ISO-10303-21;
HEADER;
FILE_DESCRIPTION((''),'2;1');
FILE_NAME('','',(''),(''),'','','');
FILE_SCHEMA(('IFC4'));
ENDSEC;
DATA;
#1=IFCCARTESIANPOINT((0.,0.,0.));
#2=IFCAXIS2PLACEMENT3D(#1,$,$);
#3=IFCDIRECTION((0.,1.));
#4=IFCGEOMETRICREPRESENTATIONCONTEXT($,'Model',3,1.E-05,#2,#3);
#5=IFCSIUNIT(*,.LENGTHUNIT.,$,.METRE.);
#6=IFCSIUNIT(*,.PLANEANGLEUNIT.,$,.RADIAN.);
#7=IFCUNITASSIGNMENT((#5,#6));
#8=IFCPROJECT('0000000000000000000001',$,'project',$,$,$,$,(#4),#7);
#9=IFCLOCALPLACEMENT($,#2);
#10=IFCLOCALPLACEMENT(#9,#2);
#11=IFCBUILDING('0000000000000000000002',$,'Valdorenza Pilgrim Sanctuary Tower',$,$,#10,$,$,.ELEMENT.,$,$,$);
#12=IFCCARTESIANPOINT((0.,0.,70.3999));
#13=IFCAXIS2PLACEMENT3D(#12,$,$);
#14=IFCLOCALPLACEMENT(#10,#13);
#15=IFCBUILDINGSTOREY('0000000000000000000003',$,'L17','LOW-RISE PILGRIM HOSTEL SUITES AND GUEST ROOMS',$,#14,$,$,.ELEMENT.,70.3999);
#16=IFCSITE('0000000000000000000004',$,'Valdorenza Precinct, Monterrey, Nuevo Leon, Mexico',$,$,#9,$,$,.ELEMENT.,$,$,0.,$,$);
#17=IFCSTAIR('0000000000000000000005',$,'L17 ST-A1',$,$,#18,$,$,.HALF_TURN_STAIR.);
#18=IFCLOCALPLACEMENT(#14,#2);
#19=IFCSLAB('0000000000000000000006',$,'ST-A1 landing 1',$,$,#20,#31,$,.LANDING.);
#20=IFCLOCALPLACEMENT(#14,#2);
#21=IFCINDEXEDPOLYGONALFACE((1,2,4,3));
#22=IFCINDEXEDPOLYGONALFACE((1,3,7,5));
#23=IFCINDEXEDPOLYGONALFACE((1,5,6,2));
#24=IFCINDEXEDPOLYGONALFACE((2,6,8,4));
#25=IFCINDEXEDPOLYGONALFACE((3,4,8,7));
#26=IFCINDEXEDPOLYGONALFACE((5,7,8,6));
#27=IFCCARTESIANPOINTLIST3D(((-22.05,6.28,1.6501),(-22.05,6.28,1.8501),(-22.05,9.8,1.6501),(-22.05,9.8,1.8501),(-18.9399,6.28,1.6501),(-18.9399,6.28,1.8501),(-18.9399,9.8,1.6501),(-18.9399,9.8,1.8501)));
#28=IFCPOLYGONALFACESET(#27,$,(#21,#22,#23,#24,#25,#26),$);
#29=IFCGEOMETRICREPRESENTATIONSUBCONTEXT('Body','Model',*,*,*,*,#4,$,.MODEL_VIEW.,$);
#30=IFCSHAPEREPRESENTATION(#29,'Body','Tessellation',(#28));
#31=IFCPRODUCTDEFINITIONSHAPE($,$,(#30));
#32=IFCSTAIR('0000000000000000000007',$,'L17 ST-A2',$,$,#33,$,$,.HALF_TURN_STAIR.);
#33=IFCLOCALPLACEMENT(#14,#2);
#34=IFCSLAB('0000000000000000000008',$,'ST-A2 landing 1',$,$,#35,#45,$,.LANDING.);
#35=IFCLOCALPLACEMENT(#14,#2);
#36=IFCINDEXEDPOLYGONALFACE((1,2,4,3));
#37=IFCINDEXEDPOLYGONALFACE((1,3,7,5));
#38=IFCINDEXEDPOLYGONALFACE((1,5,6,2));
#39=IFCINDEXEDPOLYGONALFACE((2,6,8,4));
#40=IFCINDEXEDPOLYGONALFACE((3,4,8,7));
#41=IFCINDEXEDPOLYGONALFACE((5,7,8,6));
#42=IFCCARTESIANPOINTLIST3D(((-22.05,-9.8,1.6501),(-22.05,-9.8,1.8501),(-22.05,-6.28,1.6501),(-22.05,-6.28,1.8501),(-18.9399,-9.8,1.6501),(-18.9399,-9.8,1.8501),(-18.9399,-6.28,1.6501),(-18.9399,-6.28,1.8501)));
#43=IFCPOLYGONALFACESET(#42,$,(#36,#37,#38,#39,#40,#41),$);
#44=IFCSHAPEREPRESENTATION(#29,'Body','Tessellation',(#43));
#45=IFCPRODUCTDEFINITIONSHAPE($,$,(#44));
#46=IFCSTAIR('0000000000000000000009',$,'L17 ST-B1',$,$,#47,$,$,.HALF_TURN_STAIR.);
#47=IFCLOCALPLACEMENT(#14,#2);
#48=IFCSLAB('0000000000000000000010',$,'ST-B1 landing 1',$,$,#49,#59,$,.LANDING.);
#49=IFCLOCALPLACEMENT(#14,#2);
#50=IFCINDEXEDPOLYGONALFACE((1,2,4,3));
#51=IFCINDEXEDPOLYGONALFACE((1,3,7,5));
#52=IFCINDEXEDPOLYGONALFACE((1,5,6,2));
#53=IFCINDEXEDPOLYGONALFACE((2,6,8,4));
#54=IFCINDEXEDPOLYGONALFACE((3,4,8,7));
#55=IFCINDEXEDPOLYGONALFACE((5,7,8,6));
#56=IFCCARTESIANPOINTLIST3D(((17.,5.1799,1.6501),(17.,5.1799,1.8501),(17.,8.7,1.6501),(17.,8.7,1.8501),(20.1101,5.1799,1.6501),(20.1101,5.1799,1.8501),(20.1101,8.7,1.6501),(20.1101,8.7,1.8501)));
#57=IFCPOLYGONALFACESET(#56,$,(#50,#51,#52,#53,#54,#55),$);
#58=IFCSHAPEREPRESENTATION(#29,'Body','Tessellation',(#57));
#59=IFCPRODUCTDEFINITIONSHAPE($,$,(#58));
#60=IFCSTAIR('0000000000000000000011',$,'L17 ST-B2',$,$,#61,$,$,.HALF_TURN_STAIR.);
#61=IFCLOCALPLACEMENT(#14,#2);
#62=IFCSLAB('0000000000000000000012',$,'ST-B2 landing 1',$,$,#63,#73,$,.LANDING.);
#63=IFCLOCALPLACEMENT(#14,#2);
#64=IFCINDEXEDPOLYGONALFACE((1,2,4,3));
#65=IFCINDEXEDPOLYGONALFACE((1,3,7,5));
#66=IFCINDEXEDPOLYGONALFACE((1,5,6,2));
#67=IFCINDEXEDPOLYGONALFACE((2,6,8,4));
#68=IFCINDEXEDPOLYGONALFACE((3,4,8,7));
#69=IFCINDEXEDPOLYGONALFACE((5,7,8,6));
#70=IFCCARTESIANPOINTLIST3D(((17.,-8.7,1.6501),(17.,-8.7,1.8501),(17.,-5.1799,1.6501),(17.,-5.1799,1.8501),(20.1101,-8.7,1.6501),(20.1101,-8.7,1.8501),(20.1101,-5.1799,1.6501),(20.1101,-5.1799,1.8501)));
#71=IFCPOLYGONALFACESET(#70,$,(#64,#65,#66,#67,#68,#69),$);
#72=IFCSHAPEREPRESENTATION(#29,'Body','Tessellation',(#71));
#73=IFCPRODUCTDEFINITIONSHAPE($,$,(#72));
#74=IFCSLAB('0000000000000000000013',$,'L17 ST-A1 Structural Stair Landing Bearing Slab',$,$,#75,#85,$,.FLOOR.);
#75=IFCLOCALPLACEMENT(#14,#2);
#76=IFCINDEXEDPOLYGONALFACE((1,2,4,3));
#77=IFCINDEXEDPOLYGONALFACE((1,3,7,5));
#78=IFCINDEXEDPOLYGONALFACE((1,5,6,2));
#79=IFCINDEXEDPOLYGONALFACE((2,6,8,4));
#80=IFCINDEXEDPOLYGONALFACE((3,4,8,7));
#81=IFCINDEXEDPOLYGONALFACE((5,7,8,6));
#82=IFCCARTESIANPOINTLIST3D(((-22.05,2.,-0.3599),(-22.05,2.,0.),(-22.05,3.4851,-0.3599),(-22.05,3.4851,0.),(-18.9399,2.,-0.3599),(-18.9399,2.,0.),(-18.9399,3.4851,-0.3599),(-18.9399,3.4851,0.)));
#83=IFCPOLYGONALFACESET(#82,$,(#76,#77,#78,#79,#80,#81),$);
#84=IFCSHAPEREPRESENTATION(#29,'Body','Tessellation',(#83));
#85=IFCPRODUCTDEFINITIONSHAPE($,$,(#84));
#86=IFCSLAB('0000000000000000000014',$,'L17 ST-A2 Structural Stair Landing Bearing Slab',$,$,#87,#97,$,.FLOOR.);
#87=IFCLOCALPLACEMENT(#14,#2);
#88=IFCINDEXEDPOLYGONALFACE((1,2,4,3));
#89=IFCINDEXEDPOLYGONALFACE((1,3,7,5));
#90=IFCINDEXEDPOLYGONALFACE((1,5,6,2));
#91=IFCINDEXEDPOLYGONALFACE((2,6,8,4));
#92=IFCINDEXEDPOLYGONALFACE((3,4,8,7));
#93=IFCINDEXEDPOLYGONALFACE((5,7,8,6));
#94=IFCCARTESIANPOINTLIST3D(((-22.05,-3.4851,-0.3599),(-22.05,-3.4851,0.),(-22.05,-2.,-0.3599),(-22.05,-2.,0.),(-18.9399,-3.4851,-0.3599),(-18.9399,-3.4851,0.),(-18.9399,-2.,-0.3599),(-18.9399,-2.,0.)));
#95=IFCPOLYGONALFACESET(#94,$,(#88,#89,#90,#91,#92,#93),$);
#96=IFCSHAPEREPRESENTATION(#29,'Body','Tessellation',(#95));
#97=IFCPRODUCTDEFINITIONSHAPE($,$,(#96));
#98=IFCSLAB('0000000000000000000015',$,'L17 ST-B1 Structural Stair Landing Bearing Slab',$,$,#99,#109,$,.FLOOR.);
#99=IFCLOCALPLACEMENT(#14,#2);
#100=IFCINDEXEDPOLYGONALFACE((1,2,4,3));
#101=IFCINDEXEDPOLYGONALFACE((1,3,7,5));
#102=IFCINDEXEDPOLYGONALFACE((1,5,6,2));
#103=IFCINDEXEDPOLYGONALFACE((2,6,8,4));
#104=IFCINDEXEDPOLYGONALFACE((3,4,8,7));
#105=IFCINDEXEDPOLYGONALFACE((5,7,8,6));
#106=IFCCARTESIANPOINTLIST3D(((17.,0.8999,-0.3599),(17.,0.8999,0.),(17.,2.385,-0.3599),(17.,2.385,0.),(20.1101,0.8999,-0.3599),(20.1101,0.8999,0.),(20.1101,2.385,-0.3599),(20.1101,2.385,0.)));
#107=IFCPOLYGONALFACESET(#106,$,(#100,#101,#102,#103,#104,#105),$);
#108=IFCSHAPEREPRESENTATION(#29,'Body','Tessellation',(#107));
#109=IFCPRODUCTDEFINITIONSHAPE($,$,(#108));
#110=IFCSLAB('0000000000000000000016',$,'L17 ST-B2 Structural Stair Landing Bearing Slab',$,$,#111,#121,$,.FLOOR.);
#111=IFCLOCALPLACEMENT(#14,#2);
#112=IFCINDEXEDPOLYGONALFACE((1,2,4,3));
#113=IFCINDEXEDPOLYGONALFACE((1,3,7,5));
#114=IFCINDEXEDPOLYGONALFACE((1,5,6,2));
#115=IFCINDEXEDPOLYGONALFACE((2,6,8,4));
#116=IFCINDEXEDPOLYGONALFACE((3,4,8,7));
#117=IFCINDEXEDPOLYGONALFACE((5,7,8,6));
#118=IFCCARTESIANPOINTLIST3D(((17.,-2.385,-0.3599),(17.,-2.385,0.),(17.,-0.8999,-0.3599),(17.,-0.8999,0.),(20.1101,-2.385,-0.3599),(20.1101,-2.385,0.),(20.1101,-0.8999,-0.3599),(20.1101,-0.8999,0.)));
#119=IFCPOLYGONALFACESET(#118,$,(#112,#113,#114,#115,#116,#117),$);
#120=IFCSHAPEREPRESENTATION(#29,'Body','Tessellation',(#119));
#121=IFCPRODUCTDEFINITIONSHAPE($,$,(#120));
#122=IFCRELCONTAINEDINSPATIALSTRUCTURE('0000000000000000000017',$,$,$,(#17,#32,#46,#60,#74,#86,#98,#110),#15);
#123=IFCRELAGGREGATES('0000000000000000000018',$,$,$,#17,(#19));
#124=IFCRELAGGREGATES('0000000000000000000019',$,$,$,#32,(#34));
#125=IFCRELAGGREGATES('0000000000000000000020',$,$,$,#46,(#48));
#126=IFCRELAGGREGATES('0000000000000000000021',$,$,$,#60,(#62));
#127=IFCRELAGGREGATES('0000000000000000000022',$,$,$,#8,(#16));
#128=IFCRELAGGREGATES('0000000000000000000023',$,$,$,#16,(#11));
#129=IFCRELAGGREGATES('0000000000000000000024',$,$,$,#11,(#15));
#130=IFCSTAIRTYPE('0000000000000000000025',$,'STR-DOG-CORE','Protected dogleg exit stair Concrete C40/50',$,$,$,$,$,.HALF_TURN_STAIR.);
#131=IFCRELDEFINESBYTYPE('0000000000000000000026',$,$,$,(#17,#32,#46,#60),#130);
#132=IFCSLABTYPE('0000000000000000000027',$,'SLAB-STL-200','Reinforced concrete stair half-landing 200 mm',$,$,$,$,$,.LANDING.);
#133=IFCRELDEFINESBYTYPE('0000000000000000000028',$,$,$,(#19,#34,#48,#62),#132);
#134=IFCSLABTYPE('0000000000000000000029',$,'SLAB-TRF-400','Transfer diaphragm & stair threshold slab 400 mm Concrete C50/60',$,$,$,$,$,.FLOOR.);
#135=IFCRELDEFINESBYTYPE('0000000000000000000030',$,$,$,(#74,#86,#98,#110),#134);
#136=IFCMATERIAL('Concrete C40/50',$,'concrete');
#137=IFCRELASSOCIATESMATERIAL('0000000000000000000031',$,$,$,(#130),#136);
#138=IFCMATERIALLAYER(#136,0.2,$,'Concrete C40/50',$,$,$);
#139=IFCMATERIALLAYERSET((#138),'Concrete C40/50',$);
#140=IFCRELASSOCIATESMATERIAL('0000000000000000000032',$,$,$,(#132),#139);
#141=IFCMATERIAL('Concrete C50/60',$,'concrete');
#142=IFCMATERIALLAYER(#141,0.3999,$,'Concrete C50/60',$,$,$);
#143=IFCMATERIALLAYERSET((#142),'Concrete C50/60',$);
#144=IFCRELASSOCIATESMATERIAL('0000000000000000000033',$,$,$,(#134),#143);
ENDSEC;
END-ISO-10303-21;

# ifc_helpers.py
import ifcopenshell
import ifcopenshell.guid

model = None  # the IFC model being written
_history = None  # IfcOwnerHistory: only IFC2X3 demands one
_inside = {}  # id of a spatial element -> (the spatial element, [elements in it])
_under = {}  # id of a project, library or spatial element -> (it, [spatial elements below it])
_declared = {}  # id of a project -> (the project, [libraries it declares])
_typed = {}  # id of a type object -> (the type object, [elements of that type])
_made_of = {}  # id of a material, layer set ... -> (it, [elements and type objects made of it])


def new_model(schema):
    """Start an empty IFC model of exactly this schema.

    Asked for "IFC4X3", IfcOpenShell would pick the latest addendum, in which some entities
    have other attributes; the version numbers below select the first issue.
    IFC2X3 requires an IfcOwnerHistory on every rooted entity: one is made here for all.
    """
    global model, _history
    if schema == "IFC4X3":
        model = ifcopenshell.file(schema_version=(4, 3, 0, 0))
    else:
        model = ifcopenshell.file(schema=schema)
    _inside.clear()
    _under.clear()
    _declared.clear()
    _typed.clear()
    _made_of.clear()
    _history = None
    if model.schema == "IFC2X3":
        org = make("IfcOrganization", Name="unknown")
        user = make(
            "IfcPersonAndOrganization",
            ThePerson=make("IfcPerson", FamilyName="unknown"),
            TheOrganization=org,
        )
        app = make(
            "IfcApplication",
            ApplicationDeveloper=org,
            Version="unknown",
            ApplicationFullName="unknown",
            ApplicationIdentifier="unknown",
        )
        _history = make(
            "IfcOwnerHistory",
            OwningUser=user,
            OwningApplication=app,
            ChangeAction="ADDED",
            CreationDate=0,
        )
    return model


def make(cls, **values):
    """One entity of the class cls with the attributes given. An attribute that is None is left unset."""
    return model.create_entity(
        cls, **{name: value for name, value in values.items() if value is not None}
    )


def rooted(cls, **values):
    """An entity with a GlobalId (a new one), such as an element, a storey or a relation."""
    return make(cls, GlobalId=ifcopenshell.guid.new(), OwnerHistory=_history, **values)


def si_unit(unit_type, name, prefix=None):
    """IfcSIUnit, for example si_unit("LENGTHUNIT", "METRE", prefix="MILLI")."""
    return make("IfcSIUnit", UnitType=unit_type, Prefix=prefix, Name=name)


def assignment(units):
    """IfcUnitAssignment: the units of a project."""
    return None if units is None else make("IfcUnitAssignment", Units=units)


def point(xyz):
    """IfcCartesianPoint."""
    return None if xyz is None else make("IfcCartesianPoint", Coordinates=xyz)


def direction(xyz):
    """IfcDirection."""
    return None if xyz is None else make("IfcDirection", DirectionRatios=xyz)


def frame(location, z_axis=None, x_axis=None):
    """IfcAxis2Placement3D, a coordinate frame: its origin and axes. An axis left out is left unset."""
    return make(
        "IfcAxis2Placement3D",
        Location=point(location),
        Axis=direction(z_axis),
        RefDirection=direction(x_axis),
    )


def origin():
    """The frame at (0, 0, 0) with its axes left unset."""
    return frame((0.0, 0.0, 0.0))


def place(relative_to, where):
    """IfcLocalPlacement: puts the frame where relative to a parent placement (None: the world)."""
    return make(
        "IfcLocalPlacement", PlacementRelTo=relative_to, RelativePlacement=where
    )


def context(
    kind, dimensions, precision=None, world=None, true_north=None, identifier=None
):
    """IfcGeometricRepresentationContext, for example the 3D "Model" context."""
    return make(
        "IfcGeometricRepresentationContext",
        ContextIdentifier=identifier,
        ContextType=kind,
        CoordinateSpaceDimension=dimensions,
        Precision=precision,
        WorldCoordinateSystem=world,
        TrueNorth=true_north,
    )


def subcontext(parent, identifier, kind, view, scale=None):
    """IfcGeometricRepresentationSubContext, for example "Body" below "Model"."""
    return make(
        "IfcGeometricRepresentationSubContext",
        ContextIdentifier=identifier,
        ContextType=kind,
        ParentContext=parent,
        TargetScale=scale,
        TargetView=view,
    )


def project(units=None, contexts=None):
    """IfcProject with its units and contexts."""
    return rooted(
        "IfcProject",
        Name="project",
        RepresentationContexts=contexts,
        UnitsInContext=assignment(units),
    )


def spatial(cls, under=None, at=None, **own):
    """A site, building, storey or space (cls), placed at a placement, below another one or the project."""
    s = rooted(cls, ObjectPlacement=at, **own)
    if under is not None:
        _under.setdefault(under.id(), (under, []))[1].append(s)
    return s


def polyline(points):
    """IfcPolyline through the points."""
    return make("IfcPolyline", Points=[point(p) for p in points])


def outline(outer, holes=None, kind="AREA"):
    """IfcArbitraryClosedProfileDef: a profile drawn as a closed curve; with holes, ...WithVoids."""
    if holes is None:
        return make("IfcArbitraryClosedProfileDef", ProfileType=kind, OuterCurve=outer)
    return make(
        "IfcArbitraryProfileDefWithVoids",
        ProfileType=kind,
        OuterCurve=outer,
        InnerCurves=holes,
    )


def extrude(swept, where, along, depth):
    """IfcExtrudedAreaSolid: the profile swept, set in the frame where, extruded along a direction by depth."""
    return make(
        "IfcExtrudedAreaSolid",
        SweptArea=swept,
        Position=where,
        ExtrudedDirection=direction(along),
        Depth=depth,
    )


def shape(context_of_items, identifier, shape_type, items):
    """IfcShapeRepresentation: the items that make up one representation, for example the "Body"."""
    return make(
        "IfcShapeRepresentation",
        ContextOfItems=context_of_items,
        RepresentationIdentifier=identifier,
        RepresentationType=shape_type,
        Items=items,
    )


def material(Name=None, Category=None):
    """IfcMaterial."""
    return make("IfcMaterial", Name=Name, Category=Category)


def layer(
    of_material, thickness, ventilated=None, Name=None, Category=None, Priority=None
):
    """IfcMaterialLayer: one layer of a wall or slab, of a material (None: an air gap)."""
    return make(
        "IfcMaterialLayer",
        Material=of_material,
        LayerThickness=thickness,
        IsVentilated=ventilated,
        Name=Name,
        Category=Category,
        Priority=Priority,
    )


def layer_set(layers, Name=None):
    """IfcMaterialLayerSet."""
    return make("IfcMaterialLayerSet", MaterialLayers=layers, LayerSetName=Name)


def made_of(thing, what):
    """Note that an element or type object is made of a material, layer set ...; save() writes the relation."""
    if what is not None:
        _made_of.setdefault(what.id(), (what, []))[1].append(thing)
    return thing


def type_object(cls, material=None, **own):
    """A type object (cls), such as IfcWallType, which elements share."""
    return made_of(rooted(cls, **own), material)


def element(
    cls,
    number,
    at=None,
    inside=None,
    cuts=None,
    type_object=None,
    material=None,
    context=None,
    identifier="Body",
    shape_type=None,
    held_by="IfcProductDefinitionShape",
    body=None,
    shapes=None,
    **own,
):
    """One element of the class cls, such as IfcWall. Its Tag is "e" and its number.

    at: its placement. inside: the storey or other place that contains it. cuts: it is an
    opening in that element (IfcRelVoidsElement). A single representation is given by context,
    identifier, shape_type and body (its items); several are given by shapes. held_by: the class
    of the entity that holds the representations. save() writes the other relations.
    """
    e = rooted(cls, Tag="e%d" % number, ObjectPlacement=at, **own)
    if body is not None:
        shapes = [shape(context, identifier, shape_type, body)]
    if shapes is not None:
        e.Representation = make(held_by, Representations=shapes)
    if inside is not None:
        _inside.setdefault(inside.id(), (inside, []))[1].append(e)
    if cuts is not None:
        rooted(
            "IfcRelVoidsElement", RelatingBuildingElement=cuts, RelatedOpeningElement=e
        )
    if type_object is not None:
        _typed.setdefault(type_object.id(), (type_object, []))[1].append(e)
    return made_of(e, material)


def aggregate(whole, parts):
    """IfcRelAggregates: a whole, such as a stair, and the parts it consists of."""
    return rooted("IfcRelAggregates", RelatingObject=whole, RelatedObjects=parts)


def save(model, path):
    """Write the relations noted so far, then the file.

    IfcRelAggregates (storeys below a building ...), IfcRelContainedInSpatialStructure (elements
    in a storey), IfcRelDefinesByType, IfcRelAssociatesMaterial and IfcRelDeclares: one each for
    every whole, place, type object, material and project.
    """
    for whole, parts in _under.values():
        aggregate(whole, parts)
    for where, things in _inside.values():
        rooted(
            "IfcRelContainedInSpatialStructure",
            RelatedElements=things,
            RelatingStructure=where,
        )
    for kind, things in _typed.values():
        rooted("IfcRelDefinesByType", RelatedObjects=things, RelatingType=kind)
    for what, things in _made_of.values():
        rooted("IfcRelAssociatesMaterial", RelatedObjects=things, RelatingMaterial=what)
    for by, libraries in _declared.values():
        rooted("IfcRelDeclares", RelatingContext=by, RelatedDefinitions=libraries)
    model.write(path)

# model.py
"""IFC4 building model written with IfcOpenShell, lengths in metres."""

from ifc_helpers import new_model, si_unit, direction, frame, origin, place, context, subcontext, project, spatial, polyline, outline, extrude, material, layer, layer_set, type_object, element, aggregate, save


model = new_model("IFC4")

# Units and contexts
model_context = context("Model", 3, precision=1e-05, world=origin(), true_north=direction((0.0, 1.0)))
body_context = subcontext(model_context, "Body", "Model", "MODEL_VIEW")
ifc_project = project(units=[si_unit("LENGTHUNIT", "METRE"), si_unit("PLANEANGLEUNIT", "RADIAN")], contexts=[model_context])

# Site, building, storey
site_placement = place(None, origin())
site = spatial("IfcSite", under=ifc_project, at=site_placement, Name="Valdorenza Precinct, Monterrey, Nuevo Leon, Mexico", CompositionType="ELEMENT", RefElevation=0.0)
building_placement = place(site_placement, origin())
building = spatial("IfcBuilding", under=site, at=building_placement, Name="Valdorenza Pilgrim Sanctuary Tower", CompositionType="ELEMENT")
storey_placement = place(building_placement, frame((0.0, 0.0, 70.3999)))
storey = spatial("IfcBuildingStorey", under=building, at=storey_placement, Name="L17", Description="LOW-RISE PILGRIM HOSTEL SUITES AND GUEST ROOMS", CompositionType="ELEMENT", Elevation=70.3999)

# Shared definitions
ifc_material_1 = material(Name="Concrete C40/50", Category="concrete")

# Stairs, slabs
stair_type = type_object("IfcStairType", Name="STR-DOG-CORE", Description="Protected dogleg exit stair Concrete C40/50", PredefinedType="HALF_TURN_STAIR", material=ifc_material_1)
stair_1_placement = place(storey_placement, origin())
stair_1 = element("IfcStair", 1, at=stair_1_placement, inside=storey, type_object=stair_type, Name="L17 ST-A1", PredefinedType="HALF_TURN_STAIR")
ifc_layer_1 = layer(ifc_material_1, 0.2, Name="Concrete C40/50")
ifc_layer_set_1 = layer_set([ifc_layer_1], Name="Concrete C40/50")
slab_type_1 = type_object("IfcSlabType", Name="SLAB-STL-200", Description="Reinforced concrete stair half-landing 200 mm", PredefinedType="LANDING", material=ifc_layer_set_1)
slab_1_placement = place(storey_placement, frame((0.0, 0.0, 1.6501)))
slab_1 = element("IfcSlab", 2, at=slab_1_placement, type_object=slab_type_1, Name="ST-A1 landing 1", PredefinedType="LANDING", context=body_context, shape_type="SweptSolid", body=[
    extrude(outline(polyline([(-18.9399, 6.28), (-18.9399, 9.8), (-22.05, 9.8), (-22.05, 6.28), (-18.9399, 6.28)])), origin(), (0.0, 0.0, 1.0), 0.2),
])
aggregate(stair_1, [slab_1])
stair_2_placement = place(storey_placement, origin())
stair_2 = element("IfcStair", 3, at=stair_2_placement, inside=storey, type_object=stair_type, Name="L17 ST-A2", PredefinedType="HALF_TURN_STAIR")
slab_2_placement = place(storey_placement, frame((0.0, 0.0, 1.6501)))
slab_2 = element("IfcSlab", 4, at=slab_2_placement, type_object=slab_type_1, Name="ST-A2 landing 1", PredefinedType="LANDING", context=body_context, shape_type="SweptSolid", body=[
    extrude(outline(polyline([(-22.05, -6.28), (-22.05, -9.8), (-18.9399, -9.8), (-18.9399, -6.28), (-22.05, -6.28)])), origin(), (0.0, 0.0, 1.0), 0.2),
])
aggregate(stair_2, [slab_2])
stair_3_placement = place(storey_placement, origin())
stair_3 = element("IfcStair", 5, at=stair_3_placement, inside=storey, type_object=stair_type, Name="L17 ST-B1", PredefinedType="HALF_TURN_STAIR")
slab_3_placement = place(storey_placement, frame((0.0, 0.0, 1.6501)))
slab_3 = element("IfcSlab", 6, at=slab_3_placement, type_object=slab_type_1, Name="ST-B1 landing 1", PredefinedType="LANDING", context=body_context, shape_type="SweptSolid", body=[
    extrude(outline(polyline([(20.1101, 5.1799), (20.1101, 8.7), (17.0, 8.7), (17.0, 5.1799), (20.1101, 5.1799)])), origin(), (0.0, 0.0, 1.0), 0.2),
])
aggregate(stair_3, [slab_3])
stair_4_placement = place(storey_placement, origin())
stair_4 = element("IfcStair", 7, at=stair_4_placement, inside=storey, type_object=stair_type, Name="L17 ST-B2", PredefinedType="HALF_TURN_STAIR")
slab_4_placement = place(storey_placement, frame((0.0, 0.0, 1.6501)))
slab_4 = element("IfcSlab", 8, at=slab_4_placement, type_object=slab_type_1, Name="ST-B2 landing 1", PredefinedType="LANDING", context=body_context, shape_type="SweptSolid", body=[
    extrude(outline(polyline([(17.0, -5.1799), (17.0, -8.7), (20.1101, -8.7), (20.1101, -5.1799), (17.0, -5.1799)])), origin(), (0.0, 0.0, 1.0), 0.2),
])
aggregate(stair_4, [slab_4])

# Slabs
ifc_material_2 = material(Name="Concrete C50/60", Category="concrete")
ifc_layer_2 = layer(ifc_material_2, 0.3999, Name="Concrete C50/60")
ifc_layer_set_2 = layer_set([ifc_layer_2], Name="Concrete C50/60")
slab_type_2 = type_object("IfcSlabType", Name="SLAB-TRF-400", Description="Transfer diaphragm & stair threshold slab 400 mm Concrete C50/60", PredefinedType="FLOOR", material=ifc_layer_set_2)
slab_5_placement = place(storey_placement, frame((0.0, 0.0, -0.3599)))
element("IfcSlab", 9, at=slab_5_placement, inside=storey, type_object=slab_type_2, Name="L17 ST-A1 Structural Stair Landing Bearing Slab", PredefinedType="FLOOR", context=body_context, shape_type="SweptSolid", body=[
    extrude(outline(polyline([(-22.05, 2.0), (-18.9399, 2.0), (-18.9399, 3.4851), (-22.05, 3.4851), (-22.05, 2.0)])), origin(), (0.0, 0.0, 1.0), 0.3599),
])
slab_6_placement = place(storey_placement, frame((0.0, 0.0, -0.3599)))
element("IfcSlab", 10, at=slab_6_placement, inside=storey, type_object=slab_type_2, Name="L17 ST-A2 Structural Stair Landing Bearing Slab", PredefinedType="FLOOR", context=body_context, shape_type="SweptSolid", body=[
    extrude(outline(polyline([(-22.05, -3.4851), (-18.9399, -3.4851), (-18.9399, -2.0), (-22.05, -2.0), (-22.05, -3.4851)])), origin(), (0.0, 0.0, 1.0), 0.3599),
])
slab_7_placement = place(storey_placement, frame((0.0, 0.0, -0.3599)))
element("IfcSlab", 11, at=slab_7_placement, inside=storey, type_object=slab_type_2, Name="L17 ST-B1 Structural Stair Landing Bearing Slab", PredefinedType="FLOOR", context=body_context, shape_type="SweptSolid", body=[
    extrude(outline(polyline([(17.0, 0.8999), (20.1101, 0.8999), (20.1101, 2.385), (17.0, 2.385), (17.0, 0.8999)])), origin(), (0.0, 0.0, 1.0), 0.3599),
])
slab_8_placement = place(storey_placement, frame((0.0, 0.0, -0.3599)))
element("IfcSlab", 12, at=slab_8_placement, inside=storey, type_object=slab_type_2, Name="L17 ST-B2 Structural Stair Landing Bearing Slab", PredefinedType="FLOOR", context=body_context, shape_type="SweptSolid", body=[
    extrude(outline(polyline([(17.0, -2.385), (20.1101, -2.385), (20.1101, -0.8999), (17.0, -0.8999), (17.0, -2.385)])), origin(), (0.0, 0.0, 1.0), 0.3599),
])

save(model, "model.ifc")
